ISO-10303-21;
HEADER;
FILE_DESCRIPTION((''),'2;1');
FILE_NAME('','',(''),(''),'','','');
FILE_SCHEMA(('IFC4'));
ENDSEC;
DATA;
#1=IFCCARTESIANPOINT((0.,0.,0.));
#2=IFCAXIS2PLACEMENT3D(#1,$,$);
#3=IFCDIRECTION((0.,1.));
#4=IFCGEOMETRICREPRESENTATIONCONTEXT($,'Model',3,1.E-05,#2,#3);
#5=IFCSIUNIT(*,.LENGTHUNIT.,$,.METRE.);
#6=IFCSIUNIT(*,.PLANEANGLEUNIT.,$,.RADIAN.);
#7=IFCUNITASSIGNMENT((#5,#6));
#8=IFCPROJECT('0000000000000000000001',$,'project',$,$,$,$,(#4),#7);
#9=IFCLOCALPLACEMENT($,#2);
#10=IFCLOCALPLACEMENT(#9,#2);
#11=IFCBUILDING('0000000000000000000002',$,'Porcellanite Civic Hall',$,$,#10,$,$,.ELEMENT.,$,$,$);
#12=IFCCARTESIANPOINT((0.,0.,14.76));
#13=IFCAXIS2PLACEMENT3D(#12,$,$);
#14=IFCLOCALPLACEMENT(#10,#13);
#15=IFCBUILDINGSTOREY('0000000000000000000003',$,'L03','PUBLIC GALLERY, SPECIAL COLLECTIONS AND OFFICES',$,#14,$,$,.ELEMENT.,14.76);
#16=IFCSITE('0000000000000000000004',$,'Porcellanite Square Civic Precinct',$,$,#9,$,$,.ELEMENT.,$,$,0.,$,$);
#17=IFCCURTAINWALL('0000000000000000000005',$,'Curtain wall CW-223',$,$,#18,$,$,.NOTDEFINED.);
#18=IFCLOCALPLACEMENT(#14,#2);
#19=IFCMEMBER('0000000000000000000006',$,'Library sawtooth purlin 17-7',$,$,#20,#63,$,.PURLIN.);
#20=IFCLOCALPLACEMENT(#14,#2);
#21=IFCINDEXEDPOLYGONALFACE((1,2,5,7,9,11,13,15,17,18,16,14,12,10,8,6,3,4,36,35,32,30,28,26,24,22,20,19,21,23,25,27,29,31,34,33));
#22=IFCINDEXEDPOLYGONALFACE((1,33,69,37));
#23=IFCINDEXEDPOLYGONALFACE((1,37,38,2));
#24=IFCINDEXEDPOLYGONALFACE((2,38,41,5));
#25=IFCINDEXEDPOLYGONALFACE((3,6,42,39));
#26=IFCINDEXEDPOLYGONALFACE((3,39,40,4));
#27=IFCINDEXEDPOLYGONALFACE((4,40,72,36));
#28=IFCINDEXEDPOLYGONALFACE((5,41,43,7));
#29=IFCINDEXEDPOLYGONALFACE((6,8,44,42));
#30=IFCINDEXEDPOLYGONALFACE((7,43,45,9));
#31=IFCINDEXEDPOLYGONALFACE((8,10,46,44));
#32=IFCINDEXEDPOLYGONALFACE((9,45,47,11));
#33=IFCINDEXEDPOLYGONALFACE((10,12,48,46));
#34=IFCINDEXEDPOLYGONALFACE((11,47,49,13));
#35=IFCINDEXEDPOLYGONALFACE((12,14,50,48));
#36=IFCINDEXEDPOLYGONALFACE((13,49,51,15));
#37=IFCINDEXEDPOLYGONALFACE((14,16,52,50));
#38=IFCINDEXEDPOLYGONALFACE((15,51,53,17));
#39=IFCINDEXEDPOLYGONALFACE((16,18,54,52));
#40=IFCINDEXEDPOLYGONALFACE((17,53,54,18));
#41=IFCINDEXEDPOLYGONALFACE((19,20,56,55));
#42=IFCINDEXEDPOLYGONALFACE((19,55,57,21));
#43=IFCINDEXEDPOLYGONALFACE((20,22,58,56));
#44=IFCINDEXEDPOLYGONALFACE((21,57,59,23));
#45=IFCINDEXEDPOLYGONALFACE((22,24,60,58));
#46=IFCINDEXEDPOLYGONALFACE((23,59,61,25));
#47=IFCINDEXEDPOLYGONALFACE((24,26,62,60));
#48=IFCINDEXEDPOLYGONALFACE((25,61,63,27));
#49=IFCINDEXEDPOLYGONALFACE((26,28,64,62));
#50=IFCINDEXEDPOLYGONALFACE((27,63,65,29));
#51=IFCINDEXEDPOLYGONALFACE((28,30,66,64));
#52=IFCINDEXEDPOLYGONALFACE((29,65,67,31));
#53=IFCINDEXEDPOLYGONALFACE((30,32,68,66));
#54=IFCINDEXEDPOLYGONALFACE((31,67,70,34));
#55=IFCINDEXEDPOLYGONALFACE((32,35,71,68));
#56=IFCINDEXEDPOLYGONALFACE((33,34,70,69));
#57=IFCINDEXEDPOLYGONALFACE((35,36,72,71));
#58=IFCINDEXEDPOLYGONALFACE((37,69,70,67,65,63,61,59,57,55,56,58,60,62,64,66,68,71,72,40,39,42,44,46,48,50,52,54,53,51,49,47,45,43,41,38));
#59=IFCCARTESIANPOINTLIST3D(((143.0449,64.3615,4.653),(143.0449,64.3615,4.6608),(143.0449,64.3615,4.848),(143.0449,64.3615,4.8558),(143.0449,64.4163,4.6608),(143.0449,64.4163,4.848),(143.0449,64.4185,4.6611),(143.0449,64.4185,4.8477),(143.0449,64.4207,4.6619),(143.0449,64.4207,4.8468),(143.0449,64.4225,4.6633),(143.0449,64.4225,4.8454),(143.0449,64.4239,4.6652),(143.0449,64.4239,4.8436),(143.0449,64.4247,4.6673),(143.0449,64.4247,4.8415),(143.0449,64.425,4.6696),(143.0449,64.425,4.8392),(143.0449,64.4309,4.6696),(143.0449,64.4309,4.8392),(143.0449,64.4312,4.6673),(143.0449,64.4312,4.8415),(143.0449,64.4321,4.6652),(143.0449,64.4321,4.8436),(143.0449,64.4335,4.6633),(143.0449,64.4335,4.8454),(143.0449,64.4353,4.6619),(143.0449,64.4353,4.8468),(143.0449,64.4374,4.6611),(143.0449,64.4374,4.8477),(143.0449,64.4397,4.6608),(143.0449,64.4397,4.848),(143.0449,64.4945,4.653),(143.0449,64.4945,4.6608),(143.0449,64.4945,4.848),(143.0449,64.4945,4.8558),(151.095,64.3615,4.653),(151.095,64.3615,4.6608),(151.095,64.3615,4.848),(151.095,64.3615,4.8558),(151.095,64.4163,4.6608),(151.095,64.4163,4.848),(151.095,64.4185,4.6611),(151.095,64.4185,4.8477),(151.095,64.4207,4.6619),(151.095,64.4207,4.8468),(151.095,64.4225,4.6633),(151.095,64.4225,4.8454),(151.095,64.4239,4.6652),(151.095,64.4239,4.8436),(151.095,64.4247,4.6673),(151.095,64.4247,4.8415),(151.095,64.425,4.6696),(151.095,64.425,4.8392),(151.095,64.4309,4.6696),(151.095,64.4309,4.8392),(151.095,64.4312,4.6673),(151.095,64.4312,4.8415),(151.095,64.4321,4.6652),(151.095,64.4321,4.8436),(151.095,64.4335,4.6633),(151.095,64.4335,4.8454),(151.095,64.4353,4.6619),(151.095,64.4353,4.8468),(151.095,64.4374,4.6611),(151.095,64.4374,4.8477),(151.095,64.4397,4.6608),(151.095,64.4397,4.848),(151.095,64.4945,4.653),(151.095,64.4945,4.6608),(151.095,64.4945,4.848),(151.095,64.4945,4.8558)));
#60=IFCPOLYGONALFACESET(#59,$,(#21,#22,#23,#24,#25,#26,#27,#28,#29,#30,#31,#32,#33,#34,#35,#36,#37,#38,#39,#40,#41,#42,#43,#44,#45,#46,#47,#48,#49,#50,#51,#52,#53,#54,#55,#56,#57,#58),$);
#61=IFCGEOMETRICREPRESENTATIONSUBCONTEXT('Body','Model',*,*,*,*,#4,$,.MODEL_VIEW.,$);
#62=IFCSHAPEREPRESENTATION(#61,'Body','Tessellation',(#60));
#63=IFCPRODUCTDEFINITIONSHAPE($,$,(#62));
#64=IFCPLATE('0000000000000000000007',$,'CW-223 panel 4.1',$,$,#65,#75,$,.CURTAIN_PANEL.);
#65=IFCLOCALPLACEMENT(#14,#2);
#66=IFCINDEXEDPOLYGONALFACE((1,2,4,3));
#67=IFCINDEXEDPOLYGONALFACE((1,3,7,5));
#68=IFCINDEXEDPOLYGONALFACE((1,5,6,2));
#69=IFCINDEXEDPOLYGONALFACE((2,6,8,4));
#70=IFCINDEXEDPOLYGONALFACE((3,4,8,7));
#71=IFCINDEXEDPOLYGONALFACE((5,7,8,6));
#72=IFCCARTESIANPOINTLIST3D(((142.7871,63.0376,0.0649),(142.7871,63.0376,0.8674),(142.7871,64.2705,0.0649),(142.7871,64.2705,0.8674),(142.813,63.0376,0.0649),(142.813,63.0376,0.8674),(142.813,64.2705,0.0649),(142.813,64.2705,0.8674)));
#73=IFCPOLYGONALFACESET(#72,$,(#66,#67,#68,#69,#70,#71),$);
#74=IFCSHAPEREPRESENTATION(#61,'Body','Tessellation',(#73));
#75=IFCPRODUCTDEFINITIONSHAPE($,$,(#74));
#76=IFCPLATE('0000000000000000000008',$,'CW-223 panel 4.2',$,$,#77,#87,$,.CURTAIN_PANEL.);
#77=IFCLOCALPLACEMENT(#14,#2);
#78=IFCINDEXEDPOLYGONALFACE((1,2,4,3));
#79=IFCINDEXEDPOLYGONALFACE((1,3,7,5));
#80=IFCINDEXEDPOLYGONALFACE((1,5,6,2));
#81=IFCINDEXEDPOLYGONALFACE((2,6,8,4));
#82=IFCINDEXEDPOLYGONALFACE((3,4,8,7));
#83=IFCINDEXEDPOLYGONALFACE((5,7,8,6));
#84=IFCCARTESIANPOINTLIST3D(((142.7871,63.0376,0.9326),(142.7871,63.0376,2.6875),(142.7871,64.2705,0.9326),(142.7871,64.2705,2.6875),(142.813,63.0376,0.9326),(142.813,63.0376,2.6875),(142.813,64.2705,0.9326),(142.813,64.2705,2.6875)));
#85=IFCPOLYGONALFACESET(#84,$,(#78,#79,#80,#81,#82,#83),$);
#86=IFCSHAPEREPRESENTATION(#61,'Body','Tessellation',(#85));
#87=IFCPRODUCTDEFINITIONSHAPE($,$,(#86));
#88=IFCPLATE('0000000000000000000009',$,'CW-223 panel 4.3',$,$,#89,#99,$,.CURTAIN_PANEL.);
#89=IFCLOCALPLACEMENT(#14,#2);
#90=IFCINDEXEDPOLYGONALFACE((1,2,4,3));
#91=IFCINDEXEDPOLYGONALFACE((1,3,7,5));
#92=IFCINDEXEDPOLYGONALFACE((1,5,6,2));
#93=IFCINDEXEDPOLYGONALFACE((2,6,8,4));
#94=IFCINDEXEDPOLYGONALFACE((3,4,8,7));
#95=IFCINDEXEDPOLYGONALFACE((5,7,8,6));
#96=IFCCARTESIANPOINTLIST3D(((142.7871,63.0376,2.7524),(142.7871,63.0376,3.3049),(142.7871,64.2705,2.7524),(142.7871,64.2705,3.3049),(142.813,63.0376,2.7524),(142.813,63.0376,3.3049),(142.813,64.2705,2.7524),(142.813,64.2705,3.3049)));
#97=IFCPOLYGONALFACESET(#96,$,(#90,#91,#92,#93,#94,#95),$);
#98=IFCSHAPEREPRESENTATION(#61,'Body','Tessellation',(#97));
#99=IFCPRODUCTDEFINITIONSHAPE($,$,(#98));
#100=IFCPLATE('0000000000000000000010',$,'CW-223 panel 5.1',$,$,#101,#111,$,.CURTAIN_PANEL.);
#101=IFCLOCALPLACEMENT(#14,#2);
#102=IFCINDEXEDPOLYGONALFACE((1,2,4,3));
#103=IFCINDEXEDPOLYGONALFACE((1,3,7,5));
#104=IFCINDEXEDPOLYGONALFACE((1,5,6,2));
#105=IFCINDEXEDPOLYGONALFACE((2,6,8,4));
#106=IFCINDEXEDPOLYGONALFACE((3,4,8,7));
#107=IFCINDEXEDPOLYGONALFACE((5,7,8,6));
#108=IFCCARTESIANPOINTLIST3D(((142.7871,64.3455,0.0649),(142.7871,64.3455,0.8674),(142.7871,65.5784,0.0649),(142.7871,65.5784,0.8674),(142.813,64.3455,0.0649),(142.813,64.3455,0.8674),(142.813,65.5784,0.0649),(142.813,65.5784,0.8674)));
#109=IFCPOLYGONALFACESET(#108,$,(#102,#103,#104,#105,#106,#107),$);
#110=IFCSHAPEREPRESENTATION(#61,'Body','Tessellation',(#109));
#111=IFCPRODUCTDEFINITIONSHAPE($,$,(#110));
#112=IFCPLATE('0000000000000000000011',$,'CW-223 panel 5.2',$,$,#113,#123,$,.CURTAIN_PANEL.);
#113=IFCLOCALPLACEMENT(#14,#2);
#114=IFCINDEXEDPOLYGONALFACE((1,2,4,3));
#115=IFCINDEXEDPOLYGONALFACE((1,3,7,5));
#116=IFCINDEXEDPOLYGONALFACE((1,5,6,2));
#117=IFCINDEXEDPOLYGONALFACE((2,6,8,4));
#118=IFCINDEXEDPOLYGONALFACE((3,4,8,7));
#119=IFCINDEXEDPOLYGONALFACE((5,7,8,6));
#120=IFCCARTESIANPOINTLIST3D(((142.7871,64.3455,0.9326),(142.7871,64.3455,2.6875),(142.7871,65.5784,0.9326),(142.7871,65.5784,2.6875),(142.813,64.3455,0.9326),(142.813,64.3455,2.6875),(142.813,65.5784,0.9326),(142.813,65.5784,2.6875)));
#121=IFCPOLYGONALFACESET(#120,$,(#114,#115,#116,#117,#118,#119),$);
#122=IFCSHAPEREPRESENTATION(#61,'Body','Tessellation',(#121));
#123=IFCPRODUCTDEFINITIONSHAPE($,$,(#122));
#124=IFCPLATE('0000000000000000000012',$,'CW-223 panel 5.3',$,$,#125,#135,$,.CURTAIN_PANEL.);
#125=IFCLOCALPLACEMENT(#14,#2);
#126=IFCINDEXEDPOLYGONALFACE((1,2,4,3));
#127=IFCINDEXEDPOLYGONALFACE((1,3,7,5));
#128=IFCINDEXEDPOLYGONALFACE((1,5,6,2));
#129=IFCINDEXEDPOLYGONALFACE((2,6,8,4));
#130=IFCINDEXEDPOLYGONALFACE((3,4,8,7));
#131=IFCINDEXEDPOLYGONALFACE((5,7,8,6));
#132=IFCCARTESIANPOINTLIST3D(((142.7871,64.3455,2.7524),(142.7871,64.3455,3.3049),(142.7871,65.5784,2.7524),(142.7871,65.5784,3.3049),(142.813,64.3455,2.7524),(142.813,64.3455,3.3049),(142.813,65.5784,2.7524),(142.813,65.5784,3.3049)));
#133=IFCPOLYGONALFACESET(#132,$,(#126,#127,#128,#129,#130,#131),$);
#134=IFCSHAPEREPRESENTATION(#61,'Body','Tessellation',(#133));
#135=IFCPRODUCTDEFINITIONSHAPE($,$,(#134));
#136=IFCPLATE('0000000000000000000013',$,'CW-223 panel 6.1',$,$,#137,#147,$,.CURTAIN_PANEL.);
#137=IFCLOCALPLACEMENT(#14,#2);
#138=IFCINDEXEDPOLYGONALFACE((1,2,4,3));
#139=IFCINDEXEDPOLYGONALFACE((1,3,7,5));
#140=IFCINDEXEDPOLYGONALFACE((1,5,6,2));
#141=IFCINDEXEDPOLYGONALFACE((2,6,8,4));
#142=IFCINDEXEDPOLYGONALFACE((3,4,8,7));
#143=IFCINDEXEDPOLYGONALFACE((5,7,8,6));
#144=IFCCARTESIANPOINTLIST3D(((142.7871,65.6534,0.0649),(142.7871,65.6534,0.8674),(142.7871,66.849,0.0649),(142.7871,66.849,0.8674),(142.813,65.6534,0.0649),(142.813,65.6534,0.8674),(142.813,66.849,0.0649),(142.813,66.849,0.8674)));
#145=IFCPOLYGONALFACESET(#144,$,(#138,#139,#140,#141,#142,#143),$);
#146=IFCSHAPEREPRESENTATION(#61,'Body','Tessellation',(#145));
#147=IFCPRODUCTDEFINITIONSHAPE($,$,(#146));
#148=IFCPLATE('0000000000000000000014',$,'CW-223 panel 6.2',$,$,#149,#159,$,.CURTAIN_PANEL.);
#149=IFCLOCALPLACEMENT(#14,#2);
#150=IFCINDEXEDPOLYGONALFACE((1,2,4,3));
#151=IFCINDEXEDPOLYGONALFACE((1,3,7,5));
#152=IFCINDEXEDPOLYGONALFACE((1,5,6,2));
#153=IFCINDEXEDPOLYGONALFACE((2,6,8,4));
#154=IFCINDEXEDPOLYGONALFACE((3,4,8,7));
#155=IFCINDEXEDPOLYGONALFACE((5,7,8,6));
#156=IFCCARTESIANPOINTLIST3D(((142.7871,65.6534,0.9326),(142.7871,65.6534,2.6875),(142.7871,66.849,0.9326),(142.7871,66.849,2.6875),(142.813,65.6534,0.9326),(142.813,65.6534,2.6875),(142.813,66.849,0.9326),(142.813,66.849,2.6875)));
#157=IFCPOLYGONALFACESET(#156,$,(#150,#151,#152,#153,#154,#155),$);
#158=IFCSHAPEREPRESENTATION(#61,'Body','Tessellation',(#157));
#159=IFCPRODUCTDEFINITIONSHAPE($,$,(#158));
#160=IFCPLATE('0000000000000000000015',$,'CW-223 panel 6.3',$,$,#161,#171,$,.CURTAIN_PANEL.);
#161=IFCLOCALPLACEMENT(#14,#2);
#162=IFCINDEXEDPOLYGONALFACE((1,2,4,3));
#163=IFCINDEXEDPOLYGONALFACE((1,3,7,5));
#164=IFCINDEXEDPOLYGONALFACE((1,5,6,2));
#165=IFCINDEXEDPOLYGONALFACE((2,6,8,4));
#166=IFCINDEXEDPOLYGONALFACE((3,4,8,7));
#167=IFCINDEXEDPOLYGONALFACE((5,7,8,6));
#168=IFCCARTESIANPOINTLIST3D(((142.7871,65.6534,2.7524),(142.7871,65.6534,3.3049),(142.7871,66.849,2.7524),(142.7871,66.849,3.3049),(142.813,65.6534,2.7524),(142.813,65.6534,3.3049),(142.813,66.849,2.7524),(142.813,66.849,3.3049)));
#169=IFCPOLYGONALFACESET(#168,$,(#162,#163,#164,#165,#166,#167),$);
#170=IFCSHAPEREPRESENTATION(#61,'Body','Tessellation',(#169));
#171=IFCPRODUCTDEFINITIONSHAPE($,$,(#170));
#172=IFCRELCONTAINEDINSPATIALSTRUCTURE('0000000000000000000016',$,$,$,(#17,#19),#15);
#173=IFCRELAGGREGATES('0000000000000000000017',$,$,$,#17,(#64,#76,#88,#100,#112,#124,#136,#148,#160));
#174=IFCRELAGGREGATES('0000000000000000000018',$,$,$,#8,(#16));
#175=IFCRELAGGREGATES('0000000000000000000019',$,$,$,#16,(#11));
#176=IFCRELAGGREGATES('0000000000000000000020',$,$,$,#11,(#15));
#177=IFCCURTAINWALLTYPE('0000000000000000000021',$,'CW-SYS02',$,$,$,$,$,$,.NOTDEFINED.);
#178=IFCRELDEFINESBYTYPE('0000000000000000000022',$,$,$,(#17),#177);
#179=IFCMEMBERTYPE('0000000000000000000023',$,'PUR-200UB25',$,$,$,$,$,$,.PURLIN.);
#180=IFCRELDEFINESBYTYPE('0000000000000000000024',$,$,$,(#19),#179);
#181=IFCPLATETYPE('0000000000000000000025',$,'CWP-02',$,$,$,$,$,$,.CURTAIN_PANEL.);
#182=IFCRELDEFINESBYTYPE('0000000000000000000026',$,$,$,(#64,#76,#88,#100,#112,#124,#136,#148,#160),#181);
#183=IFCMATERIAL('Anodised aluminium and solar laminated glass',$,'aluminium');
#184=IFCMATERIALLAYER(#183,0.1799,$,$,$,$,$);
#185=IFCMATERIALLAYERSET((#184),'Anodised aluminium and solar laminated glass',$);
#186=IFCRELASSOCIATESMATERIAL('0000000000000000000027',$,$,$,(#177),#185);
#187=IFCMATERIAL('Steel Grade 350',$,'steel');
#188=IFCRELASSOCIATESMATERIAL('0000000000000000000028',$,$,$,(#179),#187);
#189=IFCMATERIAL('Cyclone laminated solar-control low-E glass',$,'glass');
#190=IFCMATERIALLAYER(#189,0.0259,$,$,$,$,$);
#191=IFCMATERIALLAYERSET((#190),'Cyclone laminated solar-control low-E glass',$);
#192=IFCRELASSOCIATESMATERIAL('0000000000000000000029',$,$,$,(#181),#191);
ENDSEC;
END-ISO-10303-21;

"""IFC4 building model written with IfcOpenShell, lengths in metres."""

from ifc_helpers import new_model, si_unit, direction, frame, origin, origin_2d, place, context, subcontext, project, spatial, rectangle, i_section, extrude, material, layer, layer_set, material_profile, profile_set, type_object, element, aggregate, save


model = new_model("IFC4")

# Units and contexts
model_context = context("Model", 3, precision=1e-05, world=origin(), true_north=direction((0.0, 1.0)))
body_context = subcontext(model_context, "Body", "Model", "MODEL_VIEW")
ifc_project = project(units=[si_unit("LENGTHUNIT", "METRE"), si_unit("PLANEANGLEUNIT", "RADIAN")], contexts=[model_context])

# Site, building, storey
site_placement = place(None, origin())
site = spatial("IfcSite", under=ifc_project, at=site_placement, Name="Porcellanite Square Civic Precinct", CompositionType="ELEMENT", RefElevation=0.0)
building_placement = place(site_placement, origin())
building = spatial("IfcBuilding", under=site, at=building_placement, Name="Porcellanite Civic Hall", CompositionType="ELEMENT")
storey_placement = place(building_placement, frame((0.0, 0.0, 14.76)))
storey = spatial("IfcBuildingStorey", under=building, at=storey_placement, Name="L03", Description="PUBLIC GALLERY, SPECIAL COLLECTIONS AND OFFICES", CompositionType="ELEMENT", Elevation=14.76)

# Curtain wall
ifc_material_1 = material(Name="Anodised aluminium and solar laminated glass", Category="aluminium")
ifc_layer_1 = layer(ifc_material_1, 0.1799)
ifc_layer_set_1 = layer_set([ifc_layer_1], Name="Anodised aluminium and solar laminated glass")
curtain_wall_type = type_object("IfcCurtainWallType", Name="CW-SYS02", PredefinedType="NOTDEFINED", material=ifc_layer_set_1)
curtain_wall_placement = place(storey_placement, origin())
curtain_wall = element("IfcCurtainWall", 1, at=curtain_wall_placement, inside=storey, type_object=curtain_wall_type, Name="Curtain wall CW-223", PredefinedType="NOTDEFINED")

# Member
ifc_material_2 = material(Name="Steel Grade 350", Category="steel")
ifc_material_profile_1 = material_profile(ifc_material_2, i_section(OverallWidth=0.1331, OverallDepth=0.2029, WebThickness=0.0059, FlangeThickness=0.0078, FilletRadius=0.0088, at=origin_2d()), Name="200UB25.4")
ifc_profile_set_1 = profile_set([ifc_material_profile_1], Name="Steel Grade 350")
member_type_1 = type_object("IfcMemberType", Name="PUR-200UB25", PredefinedType="PURLIN", material=ifc_profile_set_1)
member_1_placement = place(storey_placement, frame((143.0449, 64.428, 4.7544), z_axis=(1.0, 0.0, 0.0), x_axis=(0.0, 1.0, 0.0)))
element("IfcMember", 2, at=member_1_placement, inside=storey, type_object=member_type_1, Name="Library sawtooth purlin 17-7", PredefinedType="PURLIN", context=body_context, shape_type="SweptSolid", body=[
    extrude(i_section(OverallWidth=0.1331, OverallDepth=0.2029, WebThickness=0.0059, FlangeThickness=0.0078, FilletRadius=0.0088, at=origin_2d()), origin(), (0.0, 0.0, 1.0), 8.05),
])

# Plates
ifc_material_3 = material(Name="Cyclone laminated solar-control low-E glass", Category="glass")
ifc_layer_2 = layer(ifc_material_3, 0.0259)
ifc_layer_set_2 = layer_set([ifc_layer_2], Name="Cyclone laminated solar-control low-E glass")
plate_type = type_object("IfcPlateType", Name="CWP-02", PredefinedType="CURTAIN_PANEL", material=ifc_layer_set_2)
plate_1_placement = place(storey_placement, frame((142.8, 63.6541, 0.0649), z_axis=(0.0, 0.0, 1.0), x_axis=(0.0, 1.0, 0.0)))
plate_1 = element("IfcPlate", 3, at=plate_1_placement, type_object=plate_type, Name="CW-223 panel 4.1", PredefinedType="CURTAIN_PANEL", context=body_context, shape_type="SweptSolid", body=[
    extrude(rectangle(XDim=1.2329, YDim=0.0259, at=origin_2d()), origin(), (0.0, 0.0, 1.0), 0.8025),
])
plate_2_placement = place(storey_placement, frame((142.8, 63.6541, 0.9326), z_axis=(0.0, 0.0, 1.0), x_axis=(0.0, 1.0, 0.0)))
plate_2 = element("IfcPlate", 4, at=plate_2_placement, type_object=plate_type, Name="CW-223 panel 4.2", PredefinedType="CURTAIN_PANEL", context=body_context, shape_type="SweptSolid", body=[
    extrude(rectangle(XDim=1.2329, YDim=0.0259, at=origin_2d()), origin(), (0.0, 0.0, 1.0), 1.7549),
])
plate_3_placement = place(storey_placement, frame((142.8, 63.6541, 2.7524), z_axis=(0.0, 0.0, 1.0), x_axis=(0.0, 1.0, 0.0)))
plate_3 = element("IfcPlate", 5, at=plate_3_placement, type_object=plate_type, Name="CW-223 panel 4.3", PredefinedType="CURTAIN_PANEL", context=body_context, shape_type="SweptSolid", body=[
    extrude(rectangle(XDim=1.2329, YDim=0.0259, at=origin_2d()), origin(), (0.0, 0.0, 1.0), 0.5525),
])
plate_4_placement = place(storey_placement, frame((142.8, 64.9619, 0.0649), z_axis=(0.0, 0.0, 1.0), x_axis=(0.0, 1.0, 0.0)))
plate_4 = element("IfcPlate", 6, at=plate_4_placement, type_object=plate_type, Name="CW-223 panel 5.1", PredefinedType="CURTAIN_PANEL", context=body_context, shape_type="SweptSolid", body=[
    extrude(rectangle(XDim=1.2329, YDim=0.0259, at=origin_2d()), origin(), (0.0, 0.0, 1.0), 0.8025),
])
plate_5_placement = place(storey_placement, frame((142.8, 64.9619, 0.9326), z_axis=(0.0, 0.0, 1.0), x_axis=(0.0, 1.0, 0.0)))
plate_5 = element("IfcPlate", 7, at=plate_5_placement, type_object=plate_type, Name="CW-223 panel 5.2", PredefinedType="CURTAIN_PANEL", context=body_context, shape_type="SweptSolid", body=[
    extrude(rectangle(XDim=1.2329, YDim=0.0259, at=origin_2d()), origin(), (0.0, 0.0, 1.0), 1.7549),
])
plate_6_placement = place(storey_placement, frame((142.8, 64.9619, 2.7524), z_axis=(0.0, 0.0, 1.0), x_axis=(0.0, 1.0, 0.0)))
plate_6 = element("IfcPlate", 8, at=plate_6_placement, type_object=plate_type, Name="CW-223 panel 5.3", PredefinedType="CURTAIN_PANEL", context=body_context, shape_type="SweptSolid", body=[
    extrude(rectangle(XDim=1.2329, YDim=0.0259, at=origin_2d()), origin(), (0.0, 0.0, 1.0), 0.5525),
])
plate_7_placement = place(storey_placement, frame((142.8, 66.2512, 0.0649), z_axis=(0.0, 0.0, 1.0), x_axis=(0.0, 1.0, 0.0)))
plate_7 = element("IfcPlate", 9, at=plate_7_placement, type_object=plate_type, Name="CW-223 panel 6.1", PredefinedType="CURTAIN_PANEL", context=body_context, shape_type="SweptSolid", body=[
    extrude(rectangle(XDim=1.1956, YDim=0.0259, at=origin_2d()), origin(), (0.0, 0.0, 1.0), 0.8025),
])
plate_8_placement = place(storey_placement, frame((142.8, 66.2512, 0.9326), z_axis=(0.0, 0.0, 1.0), x_axis=(0.0, 1.0, 0.0)))
plate_8 = element("IfcPlate", 10, at=plate_8_placement, type_object=plate_type, Name="CW-223 panel 6.2", PredefinedType="CURTAIN_PANEL", context=body_context, shape_type="SweptSolid", body=[
    extrude(rectangle(XDim=1.1956, YDim=0.0259, at=origin_2d()), origin(), (0.0, 0.0, 1.0), 1.7549),
])
plate_9_placement = place(storey_placement, frame((142.8, 66.2512, 2.7524), z_axis=(0.0, 0.0, 1.0), x_axis=(0.0, 1.0, 0.0)))
plate_9 = element("IfcPlate", 11, at=plate_9_placement, type_object=plate_type, Name="CW-223 panel 6.3", PredefinedType="CURTAIN_PANEL", context=body_context, shape_type="SweptSolid", body=[
    extrude(rectangle(XDim=1.1956, YDim=0.0259, at=origin_2d()), origin(), (0.0, 0.0, 1.0), 0.5525),
])
aggregate(curtain_wall, [plate_1, plate_2, plate_3, plate_4, plate_5, plate_6, plate_7, plate_8, plate_9])

save(model, "model.ifc")
